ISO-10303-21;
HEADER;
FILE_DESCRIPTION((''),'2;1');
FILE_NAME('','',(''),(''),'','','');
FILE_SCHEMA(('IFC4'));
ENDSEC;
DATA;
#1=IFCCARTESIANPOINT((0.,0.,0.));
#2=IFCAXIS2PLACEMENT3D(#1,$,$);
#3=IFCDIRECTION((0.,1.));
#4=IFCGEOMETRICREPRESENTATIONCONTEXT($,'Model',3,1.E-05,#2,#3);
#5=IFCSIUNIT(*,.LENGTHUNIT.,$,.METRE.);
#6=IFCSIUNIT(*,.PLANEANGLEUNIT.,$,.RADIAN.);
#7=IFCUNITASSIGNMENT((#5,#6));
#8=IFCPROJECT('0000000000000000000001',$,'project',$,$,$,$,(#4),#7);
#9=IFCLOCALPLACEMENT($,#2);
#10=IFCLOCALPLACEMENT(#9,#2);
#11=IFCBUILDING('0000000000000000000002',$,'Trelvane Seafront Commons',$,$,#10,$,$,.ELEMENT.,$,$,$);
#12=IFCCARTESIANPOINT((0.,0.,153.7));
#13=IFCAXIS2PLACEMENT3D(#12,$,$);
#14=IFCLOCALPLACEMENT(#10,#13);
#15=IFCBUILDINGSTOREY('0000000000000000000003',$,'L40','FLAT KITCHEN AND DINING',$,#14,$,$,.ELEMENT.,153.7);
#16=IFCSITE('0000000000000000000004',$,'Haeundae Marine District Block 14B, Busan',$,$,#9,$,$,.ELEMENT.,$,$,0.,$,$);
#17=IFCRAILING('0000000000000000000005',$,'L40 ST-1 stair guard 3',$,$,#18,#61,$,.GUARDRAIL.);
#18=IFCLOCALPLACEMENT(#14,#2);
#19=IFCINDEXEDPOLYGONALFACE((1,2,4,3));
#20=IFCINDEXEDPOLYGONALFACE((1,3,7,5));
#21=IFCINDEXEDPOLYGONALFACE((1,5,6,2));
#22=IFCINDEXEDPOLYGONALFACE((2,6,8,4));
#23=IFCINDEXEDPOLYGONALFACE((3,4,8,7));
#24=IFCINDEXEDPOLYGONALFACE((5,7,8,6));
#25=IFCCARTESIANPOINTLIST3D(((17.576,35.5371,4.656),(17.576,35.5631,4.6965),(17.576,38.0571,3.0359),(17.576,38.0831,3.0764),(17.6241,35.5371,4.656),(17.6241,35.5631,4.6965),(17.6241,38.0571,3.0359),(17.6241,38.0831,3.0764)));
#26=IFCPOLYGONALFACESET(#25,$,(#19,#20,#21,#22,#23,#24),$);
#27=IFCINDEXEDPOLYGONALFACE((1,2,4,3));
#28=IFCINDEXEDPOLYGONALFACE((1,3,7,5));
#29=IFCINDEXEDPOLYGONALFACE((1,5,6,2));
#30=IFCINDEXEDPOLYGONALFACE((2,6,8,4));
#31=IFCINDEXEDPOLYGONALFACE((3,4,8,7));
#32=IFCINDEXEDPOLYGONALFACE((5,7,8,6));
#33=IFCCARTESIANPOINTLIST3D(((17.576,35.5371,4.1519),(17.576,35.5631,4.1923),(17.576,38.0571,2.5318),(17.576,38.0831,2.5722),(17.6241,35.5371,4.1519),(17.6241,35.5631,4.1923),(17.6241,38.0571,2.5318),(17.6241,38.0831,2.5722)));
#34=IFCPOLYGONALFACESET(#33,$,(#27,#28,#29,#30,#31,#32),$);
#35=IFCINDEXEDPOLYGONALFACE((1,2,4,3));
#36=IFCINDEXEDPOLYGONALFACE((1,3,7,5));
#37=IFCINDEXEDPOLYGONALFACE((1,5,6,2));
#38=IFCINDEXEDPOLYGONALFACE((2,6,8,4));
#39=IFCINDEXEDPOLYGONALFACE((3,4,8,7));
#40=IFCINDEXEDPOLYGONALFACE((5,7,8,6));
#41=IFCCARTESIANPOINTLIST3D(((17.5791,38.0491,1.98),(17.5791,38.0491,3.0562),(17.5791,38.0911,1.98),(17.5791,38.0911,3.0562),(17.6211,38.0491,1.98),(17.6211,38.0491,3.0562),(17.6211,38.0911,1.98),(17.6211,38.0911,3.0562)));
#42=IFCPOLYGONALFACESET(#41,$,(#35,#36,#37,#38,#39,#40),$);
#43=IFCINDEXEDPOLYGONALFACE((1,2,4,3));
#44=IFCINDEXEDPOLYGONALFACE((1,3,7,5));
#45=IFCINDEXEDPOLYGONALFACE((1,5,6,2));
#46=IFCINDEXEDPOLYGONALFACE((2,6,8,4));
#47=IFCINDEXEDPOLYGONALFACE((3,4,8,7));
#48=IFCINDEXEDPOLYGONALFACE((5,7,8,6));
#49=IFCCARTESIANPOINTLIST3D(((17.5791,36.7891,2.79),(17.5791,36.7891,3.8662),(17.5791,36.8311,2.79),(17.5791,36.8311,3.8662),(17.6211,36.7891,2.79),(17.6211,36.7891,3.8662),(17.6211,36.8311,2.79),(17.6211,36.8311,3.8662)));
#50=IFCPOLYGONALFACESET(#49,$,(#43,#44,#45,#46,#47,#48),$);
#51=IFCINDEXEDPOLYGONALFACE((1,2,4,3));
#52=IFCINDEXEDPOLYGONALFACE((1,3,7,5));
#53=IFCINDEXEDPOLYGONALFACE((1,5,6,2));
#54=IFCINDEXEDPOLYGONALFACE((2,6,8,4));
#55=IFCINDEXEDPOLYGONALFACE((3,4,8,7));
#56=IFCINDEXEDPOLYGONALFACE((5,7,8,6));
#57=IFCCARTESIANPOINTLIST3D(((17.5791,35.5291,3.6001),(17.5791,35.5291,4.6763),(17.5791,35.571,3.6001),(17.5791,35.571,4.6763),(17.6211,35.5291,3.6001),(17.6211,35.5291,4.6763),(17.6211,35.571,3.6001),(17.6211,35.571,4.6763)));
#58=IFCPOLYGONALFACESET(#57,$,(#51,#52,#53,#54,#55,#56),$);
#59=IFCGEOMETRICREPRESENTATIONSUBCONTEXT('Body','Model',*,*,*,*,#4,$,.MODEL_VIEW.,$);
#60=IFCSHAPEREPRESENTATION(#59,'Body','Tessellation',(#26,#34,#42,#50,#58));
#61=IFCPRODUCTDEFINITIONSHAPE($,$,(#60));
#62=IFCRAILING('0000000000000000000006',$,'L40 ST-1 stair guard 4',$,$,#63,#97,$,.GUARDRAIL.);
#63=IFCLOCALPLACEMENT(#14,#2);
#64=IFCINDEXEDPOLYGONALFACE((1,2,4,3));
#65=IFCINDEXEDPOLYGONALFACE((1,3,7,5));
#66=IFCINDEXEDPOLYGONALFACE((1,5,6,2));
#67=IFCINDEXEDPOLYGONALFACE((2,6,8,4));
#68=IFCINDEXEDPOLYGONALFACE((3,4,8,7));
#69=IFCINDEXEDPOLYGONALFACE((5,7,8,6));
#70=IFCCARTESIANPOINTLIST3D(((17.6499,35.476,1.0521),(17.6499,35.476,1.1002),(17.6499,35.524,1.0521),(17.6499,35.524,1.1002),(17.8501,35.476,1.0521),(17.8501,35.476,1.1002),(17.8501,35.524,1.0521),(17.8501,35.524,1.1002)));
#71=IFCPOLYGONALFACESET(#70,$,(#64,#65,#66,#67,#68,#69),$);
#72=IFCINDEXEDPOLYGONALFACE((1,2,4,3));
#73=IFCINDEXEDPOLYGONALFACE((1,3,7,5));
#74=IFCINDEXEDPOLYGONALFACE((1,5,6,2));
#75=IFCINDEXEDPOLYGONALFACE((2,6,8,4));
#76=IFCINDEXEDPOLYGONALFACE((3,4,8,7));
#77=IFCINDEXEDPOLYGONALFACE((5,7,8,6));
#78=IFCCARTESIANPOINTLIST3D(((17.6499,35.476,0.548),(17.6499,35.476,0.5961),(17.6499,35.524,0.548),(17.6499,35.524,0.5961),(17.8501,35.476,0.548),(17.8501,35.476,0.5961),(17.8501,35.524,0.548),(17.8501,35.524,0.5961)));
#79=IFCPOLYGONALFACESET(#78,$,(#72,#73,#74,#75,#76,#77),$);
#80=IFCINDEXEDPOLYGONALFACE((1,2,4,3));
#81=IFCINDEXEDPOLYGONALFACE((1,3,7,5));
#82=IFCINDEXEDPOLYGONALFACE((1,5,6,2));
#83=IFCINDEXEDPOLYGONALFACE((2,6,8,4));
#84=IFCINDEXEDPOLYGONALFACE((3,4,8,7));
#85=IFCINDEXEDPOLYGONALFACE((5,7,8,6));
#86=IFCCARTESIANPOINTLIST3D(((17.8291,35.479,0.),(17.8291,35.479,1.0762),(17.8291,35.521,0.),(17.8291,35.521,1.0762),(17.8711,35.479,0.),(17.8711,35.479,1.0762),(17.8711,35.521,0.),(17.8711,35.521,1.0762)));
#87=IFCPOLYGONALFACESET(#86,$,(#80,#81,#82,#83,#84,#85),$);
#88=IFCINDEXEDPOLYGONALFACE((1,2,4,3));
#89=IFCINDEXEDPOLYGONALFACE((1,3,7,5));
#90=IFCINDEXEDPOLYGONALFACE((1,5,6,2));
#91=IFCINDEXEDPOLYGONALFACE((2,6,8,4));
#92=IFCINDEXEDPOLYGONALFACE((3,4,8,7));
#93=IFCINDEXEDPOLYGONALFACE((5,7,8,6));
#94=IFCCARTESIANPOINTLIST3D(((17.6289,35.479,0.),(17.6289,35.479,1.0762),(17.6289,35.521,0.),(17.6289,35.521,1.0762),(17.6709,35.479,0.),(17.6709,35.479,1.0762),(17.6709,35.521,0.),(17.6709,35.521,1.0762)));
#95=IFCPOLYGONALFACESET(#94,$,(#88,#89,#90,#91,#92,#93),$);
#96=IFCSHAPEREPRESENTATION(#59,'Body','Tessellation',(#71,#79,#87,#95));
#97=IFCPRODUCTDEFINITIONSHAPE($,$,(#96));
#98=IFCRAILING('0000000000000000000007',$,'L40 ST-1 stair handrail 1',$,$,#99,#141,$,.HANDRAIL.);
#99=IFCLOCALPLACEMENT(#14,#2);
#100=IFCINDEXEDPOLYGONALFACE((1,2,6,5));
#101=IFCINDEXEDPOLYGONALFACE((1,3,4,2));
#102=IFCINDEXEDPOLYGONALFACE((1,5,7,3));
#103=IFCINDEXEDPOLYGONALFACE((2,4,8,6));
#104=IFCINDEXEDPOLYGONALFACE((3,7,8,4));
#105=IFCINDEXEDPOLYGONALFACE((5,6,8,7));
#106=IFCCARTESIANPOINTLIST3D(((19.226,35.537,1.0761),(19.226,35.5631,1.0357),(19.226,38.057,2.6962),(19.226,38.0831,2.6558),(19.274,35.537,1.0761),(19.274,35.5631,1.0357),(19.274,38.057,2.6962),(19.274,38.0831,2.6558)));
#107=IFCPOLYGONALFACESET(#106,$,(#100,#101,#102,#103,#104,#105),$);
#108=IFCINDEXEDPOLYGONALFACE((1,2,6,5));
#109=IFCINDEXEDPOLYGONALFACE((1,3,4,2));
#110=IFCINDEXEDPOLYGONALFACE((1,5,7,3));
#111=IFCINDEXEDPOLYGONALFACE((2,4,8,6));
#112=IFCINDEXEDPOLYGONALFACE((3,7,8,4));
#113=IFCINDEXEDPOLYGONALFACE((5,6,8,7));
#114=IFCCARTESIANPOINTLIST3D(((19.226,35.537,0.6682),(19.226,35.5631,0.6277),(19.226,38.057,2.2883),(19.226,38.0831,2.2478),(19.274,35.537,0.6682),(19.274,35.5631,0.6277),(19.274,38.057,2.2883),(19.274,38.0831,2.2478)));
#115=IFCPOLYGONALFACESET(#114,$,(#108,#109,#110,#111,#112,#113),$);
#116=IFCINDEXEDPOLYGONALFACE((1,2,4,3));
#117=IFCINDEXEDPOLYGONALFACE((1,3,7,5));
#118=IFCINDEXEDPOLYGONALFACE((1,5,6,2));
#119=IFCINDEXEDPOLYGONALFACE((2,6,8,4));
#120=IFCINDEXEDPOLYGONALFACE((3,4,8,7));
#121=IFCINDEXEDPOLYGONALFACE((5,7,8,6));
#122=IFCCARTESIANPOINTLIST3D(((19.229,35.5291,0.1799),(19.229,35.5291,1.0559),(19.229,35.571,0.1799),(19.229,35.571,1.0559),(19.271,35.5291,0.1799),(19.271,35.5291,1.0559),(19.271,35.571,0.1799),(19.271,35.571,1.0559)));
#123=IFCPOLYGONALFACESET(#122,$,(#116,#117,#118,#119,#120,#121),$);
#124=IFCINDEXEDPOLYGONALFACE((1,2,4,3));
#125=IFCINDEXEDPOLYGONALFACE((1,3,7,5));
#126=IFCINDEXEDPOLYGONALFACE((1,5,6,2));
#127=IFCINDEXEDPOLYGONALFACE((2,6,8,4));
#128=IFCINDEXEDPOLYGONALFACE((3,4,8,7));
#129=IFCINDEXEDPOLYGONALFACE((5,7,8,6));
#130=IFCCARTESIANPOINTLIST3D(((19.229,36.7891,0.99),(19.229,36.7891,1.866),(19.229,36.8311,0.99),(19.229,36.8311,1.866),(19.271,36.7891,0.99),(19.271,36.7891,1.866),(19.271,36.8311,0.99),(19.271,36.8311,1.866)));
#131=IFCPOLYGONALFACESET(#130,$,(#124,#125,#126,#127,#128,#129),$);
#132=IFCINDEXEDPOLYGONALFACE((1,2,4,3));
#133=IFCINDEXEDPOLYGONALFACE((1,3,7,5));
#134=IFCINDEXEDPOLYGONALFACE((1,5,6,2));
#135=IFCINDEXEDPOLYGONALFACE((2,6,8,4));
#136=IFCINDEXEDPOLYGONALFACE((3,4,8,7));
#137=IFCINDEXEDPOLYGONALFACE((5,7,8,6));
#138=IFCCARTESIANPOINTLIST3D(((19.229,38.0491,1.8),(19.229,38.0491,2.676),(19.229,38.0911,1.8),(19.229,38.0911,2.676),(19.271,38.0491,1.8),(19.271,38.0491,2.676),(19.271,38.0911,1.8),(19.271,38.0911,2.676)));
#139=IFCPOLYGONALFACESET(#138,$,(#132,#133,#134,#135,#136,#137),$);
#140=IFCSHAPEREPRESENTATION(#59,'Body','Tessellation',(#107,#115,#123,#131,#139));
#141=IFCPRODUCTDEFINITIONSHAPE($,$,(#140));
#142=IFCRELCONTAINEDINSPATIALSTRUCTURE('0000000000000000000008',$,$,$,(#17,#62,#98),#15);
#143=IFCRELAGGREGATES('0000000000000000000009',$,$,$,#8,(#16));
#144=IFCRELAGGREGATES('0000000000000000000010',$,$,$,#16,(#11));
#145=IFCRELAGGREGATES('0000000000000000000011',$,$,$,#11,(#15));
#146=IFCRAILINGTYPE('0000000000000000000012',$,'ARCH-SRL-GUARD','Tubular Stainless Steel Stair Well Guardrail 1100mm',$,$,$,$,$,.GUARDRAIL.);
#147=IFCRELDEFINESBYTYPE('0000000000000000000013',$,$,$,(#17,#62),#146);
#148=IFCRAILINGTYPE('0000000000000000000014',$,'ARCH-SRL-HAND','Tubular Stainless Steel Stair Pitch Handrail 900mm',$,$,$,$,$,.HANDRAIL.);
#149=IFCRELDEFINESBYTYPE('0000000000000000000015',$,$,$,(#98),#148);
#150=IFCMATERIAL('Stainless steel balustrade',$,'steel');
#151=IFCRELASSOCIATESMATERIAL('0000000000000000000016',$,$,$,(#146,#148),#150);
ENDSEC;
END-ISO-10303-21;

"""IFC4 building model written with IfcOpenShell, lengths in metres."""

from ifc_helpers import new_model, si_unit, direction, frame, origin, origin_2d, place, context, subcontext, project, spatial, rectangle, extrude, material, type_object, element, save


model = new_model("IFC4")

# Units and contexts
model_context = context("Model", 3, precision=1e-05, world=origin(), true_north=direction((0.0, 1.0)))
body_context = subcontext(model_context, "Body", "Model", "MODEL_VIEW")
ifc_project = project(units=[si_unit("LENGTHUNIT", "METRE"), si_unit("PLANEANGLEUNIT", "RADIAN")], contexts=[model_context])

# Site, building, storey
site_placement = place(None, origin())
site = spatial("IfcSite", under=ifc_project, at=site_placement, Name="Haeundae Marine District Block 14B, Busan", CompositionType="ELEMENT", RefElevation=0.0)
building_placement = place(site_placement, origin())
building = spatial("IfcBuilding", under=site, at=building_placement, Name="Trelvane Seafront Commons", CompositionType="ELEMENT")
storey_placement = place(building_placement, frame((0.0, 0.0, 153.7)))
storey = spatial("IfcBuildingStorey", under=building, at=storey_placement, Name="L40", Description="FLAT KITCHEN AND DINING", CompositionType="ELEMENT", Elevation=153.7)

# Shared definitions
ifc_material_1 = material(Name="Stainless steel balustrade", Category="steel")

# Railings
railing_type_1 = type_object("IfcRailingType", Name="ARCH-SRL-GUARD", Description="Tubular Stainless Steel Stair Well Guardrail 1100mm", PredefinedType="GUARDRAIL", material=ifc_material_1)
railing_1_placement = place(storey_placement, frame((17.6001, 38.0701, 1.98)))
element("IfcRailing", 1, at=railing_1_placement, inside=storey, type_object=railing_type_1, Name="L40 ST-1 stair guard 3", PredefinedType="GUARDRAIL", context=body_context, shape_type="SweptSolid", body=[
    extrude(rectangle(XDim=0.0481, YDim=0.0481, at=origin_2d()), frame((0.0, 0.0, 1.0762), z_axis=(0.0, -0.841163, 0.540782), x_axis=(1.0, 0.0, 0.0)), (0.0, 0.0, 1.0), 2.9958),
    extrude(rectangle(XDim=0.0481, YDim=0.0481, at=origin_2d()), frame((0.0, 0.0, 0.572), z_axis=(0.0, -0.841163, 0.540782), x_axis=(1.0, 0.0, 0.0)), (0.0, 0.0, 1.0), 2.9958),
    extrude(rectangle(XDim=0.042, YDim=0.042, at=origin_2d()), origin(), (0.0, 0.0, 1.0), 1.0762),
    extrude(rectangle(XDim=0.042, YDim=0.042, at=origin_2d()), frame((0.0, -1.26, 0.8101)), (0.0, 0.0, 1.0), 1.0762),
    extrude(rectangle(XDim=0.042, YDim=0.042, at=origin_2d()), frame((0.0, -2.52, 1.6201)), (0.0, 0.0, 1.0), 1.0762),
])
railing_2_placement = place(storey_placement, frame((17.8501, 35.5, 0.0)))
element("IfcRailing", 2, at=railing_2_placement, inside=storey, type_object=railing_type_1, Name="L40 ST-1 stair guard 4", PredefinedType="GUARDRAIL", context=body_context, shape_type="SweptSolid", body=[
    extrude(rectangle(XDim=0.0481, YDim=0.0481, at=origin_2d()), frame((0.0, 0.0, 1.0762), z_axis=(-1.0, 0.0, 0.0), x_axis=(0.0, -1.0, 0.0)), (0.0, 0.0, 1.0), 0.2002),
    extrude(rectangle(XDim=0.0481, YDim=0.0481, at=origin_2d()), frame((0.0, 0.0, 0.572), z_axis=(-1.0, 0.0, 0.0), x_axis=(0.0, -1.0, 0.0)), (0.0, 0.0, 1.0), 0.2002),
    extrude(rectangle(XDim=0.042, YDim=0.042, at=origin_2d()), origin(), (0.0, 0.0, 1.0), 1.0762),
    extrude(rectangle(XDim=0.042, YDim=0.042, at=origin_2d()), frame((-0.2002, 0.0, 0.0)), (0.0, 0.0, 1.0), 1.0762),
])
railing_type_2 = type_object("IfcRailingType", Name="ARCH-SRL-HAND", Description="Tubular Stainless Steel Stair Pitch Handrail 900mm", PredefinedType="HANDRAIL", material=ifc_material_1)
railing_3_placement = place(storey_placement, frame((19.25, 35.55, 0.1799)))
element("IfcRailing", 3, at=railing_3_placement, inside=storey, type_object=railing_type_2, Name="L40 ST-1 stair handrail 1", PredefinedType="HANDRAIL", context=body_context, shape_type="SweptSolid", body=[
    extrude(rectangle(XDim=0.0481, YDim=0.0481, at=origin_2d()), frame((0.0, 0.0, 0.876), z_axis=(0.0, 0.841163, 0.540782), x_axis=(-1.0, 0.0, 0.0)), (0.0, 0.0, 1.0), 2.9958),
    extrude(rectangle(XDim=0.0481, YDim=0.0481, at=origin_2d()), frame((0.0, 0.0, 0.468), z_axis=(0.0, 0.841163, 0.540782), x_axis=(-1.0, 0.0, 0.0)), (0.0, 0.0, 1.0), 2.9958),
    extrude(rectangle(XDim=0.042, YDim=0.042, at=origin_2d()), origin(), (0.0, 0.0, 1.0), 0.876),
    extrude(rectangle(XDim=0.042, YDim=0.042, at=origin_2d()), frame((0.0, 1.26, 0.8101)), (0.0, 0.0, 1.0), 0.876),
    extrude(rectangle(XDim=0.042, YDim=0.042, at=origin_2d()), frame((0.0, 2.52, 1.6201)), (0.0, 0.0, 1.0), 0.876),
])

save(model, "model.ifc")
